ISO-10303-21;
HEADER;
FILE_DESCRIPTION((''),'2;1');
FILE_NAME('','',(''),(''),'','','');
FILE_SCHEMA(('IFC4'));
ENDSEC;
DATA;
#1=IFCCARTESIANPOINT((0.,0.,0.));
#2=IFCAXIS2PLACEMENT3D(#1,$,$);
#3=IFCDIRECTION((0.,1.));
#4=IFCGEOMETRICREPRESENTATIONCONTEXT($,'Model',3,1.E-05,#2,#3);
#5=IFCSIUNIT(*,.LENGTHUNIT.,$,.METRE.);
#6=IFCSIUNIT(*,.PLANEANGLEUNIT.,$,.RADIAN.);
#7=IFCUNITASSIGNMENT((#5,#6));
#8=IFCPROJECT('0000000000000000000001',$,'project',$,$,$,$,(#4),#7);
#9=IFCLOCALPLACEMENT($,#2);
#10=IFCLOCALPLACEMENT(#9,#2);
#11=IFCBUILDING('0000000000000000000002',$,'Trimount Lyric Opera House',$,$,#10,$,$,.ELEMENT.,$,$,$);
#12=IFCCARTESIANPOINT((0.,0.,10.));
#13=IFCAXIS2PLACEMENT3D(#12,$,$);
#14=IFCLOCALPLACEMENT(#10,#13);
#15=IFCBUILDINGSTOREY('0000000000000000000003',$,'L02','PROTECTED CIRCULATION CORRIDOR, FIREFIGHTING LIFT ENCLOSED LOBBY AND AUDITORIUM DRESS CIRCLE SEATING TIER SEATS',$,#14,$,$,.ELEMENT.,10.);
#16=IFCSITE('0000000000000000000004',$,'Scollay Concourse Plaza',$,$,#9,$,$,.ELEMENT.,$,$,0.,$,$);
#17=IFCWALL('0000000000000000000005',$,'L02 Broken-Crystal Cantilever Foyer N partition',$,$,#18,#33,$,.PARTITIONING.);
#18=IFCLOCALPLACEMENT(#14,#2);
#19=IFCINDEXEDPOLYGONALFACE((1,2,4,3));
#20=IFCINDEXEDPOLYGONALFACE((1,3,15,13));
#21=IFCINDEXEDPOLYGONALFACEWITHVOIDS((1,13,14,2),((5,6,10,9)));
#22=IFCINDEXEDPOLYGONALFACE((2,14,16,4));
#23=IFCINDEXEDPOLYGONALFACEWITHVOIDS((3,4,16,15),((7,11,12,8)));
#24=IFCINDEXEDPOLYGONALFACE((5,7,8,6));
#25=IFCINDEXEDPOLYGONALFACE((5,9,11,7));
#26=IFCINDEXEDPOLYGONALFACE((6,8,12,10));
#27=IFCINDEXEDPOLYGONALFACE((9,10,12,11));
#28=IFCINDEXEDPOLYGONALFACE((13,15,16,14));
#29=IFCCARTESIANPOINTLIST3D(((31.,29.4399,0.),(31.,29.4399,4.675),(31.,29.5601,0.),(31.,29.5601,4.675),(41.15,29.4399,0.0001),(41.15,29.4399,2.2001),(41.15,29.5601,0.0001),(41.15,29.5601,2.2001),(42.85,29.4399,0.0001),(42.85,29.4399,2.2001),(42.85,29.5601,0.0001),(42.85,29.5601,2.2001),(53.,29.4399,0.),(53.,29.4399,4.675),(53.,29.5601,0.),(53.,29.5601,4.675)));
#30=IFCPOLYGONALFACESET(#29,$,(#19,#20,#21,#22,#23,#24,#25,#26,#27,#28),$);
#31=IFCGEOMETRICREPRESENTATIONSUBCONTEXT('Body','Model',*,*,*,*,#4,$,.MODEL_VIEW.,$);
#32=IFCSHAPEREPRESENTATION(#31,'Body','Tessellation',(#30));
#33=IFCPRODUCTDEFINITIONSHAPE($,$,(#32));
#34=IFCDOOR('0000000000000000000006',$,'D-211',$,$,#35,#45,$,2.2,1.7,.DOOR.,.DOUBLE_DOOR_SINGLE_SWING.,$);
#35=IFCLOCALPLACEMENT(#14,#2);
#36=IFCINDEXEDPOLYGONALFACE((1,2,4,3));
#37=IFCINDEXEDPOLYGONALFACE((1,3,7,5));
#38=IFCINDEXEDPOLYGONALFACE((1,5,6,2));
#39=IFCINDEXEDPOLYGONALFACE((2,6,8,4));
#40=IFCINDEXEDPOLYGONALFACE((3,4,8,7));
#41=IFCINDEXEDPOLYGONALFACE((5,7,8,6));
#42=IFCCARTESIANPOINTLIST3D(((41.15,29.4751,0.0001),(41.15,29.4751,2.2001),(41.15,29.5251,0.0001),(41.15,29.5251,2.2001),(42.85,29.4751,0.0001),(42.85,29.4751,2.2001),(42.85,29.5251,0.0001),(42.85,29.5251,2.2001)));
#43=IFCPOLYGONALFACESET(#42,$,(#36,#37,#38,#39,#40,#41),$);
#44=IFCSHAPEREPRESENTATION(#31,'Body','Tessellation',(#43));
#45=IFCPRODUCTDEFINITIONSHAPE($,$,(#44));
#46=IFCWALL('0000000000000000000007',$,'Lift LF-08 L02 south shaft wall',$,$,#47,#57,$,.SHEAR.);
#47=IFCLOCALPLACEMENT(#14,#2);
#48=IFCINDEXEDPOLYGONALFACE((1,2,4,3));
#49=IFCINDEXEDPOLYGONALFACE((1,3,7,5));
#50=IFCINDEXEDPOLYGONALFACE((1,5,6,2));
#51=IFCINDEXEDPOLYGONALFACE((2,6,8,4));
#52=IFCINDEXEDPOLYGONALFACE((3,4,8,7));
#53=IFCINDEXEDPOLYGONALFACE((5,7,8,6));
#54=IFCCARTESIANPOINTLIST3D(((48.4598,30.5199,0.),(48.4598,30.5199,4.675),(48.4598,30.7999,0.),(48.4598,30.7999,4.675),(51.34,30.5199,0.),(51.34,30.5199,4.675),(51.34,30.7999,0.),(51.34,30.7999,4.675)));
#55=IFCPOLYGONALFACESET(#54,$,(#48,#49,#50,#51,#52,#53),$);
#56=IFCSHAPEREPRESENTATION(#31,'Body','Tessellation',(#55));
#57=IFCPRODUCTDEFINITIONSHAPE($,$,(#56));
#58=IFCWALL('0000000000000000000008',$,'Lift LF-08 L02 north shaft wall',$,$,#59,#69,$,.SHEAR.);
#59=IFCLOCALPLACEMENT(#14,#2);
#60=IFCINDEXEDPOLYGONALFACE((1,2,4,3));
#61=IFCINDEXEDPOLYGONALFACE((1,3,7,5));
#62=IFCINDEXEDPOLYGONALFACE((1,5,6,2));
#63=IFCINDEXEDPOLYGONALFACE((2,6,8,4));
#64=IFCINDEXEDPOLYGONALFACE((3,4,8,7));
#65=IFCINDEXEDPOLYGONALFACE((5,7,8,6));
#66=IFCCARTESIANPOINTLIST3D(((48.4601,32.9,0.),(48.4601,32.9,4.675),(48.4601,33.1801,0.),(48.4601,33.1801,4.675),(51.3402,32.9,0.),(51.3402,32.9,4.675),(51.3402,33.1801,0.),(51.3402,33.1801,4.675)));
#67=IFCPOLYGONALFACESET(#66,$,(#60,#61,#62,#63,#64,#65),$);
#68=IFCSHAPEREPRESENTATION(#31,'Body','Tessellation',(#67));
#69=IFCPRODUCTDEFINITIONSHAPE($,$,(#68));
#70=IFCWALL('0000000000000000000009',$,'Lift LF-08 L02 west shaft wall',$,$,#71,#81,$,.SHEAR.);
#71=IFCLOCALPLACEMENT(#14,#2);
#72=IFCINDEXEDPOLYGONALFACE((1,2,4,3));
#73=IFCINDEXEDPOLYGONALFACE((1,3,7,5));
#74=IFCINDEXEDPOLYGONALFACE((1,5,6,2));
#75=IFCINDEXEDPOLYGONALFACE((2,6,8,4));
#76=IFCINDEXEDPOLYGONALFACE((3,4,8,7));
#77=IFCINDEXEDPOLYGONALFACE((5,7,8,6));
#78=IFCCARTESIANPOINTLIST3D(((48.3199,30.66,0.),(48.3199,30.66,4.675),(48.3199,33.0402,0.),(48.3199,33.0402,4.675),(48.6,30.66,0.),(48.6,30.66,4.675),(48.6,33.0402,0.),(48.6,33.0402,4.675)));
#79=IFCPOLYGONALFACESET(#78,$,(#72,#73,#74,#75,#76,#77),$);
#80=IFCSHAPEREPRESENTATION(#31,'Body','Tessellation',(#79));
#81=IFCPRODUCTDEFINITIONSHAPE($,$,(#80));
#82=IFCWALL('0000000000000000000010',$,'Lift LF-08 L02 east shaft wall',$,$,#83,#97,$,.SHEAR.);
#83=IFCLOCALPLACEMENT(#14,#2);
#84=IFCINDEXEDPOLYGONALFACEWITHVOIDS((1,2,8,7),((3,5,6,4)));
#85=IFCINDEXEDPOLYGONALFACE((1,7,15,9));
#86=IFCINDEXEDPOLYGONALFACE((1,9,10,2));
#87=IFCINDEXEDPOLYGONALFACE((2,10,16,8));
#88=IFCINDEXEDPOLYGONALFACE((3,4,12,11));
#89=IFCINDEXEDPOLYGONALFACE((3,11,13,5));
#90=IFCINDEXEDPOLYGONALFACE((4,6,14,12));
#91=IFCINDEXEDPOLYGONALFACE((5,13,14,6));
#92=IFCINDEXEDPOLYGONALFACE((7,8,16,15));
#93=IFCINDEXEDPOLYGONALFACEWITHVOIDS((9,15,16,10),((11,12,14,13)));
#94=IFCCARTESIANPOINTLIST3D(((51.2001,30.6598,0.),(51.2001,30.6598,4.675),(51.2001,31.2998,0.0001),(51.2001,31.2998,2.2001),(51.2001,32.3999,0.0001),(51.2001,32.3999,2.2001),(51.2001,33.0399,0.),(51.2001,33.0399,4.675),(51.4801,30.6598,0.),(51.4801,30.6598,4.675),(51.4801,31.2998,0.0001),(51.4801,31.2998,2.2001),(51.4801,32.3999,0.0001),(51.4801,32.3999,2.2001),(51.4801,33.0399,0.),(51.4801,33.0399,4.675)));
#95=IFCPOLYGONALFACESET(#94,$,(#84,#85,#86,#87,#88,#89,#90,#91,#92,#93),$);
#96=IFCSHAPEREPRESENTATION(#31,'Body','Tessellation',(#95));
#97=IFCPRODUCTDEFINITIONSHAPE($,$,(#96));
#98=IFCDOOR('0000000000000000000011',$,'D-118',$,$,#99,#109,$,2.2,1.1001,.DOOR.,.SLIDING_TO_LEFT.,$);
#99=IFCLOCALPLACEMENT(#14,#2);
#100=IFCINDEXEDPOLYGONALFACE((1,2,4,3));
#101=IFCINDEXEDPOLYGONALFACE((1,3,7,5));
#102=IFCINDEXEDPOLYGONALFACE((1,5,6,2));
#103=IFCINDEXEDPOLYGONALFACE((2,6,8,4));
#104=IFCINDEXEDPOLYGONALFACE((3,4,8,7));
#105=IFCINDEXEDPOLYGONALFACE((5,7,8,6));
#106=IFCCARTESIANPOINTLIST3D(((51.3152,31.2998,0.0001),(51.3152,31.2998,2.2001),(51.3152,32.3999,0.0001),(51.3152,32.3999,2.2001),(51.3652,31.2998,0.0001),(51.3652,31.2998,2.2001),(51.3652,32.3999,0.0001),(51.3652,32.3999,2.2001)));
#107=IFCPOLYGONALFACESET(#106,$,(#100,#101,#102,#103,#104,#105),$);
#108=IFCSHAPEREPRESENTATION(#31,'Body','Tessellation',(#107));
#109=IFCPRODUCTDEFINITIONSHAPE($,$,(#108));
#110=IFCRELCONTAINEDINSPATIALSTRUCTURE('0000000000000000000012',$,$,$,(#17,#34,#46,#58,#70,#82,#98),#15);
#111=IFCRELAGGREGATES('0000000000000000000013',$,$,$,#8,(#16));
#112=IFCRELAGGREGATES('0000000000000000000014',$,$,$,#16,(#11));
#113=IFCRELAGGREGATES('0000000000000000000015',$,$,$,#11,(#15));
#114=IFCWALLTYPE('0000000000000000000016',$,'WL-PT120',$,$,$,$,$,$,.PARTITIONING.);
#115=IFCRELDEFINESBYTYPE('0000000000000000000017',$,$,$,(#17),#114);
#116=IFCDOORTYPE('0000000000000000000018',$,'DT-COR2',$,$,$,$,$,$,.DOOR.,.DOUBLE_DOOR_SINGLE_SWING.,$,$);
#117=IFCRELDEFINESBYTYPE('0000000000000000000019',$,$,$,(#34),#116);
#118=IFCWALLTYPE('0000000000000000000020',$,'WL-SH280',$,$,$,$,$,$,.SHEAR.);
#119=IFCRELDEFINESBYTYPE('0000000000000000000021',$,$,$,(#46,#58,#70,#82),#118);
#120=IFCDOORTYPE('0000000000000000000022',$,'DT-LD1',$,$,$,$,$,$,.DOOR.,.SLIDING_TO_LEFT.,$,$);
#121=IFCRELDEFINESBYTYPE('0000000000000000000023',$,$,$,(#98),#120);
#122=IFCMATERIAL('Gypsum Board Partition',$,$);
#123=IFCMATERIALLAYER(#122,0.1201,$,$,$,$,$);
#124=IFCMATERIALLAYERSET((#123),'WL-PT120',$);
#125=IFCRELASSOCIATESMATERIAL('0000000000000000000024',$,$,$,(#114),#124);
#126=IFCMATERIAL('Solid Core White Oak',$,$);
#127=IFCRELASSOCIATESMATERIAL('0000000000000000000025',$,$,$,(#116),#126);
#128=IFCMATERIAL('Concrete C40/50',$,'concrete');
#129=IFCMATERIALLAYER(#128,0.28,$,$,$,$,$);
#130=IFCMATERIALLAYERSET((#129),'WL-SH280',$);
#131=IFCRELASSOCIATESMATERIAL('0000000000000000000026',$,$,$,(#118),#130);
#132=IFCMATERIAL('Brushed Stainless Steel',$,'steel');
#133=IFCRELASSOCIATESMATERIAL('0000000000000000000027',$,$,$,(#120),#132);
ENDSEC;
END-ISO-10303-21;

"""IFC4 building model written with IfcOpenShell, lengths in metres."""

from ifc_helpers import new_model, si_unit, direction, frame, frame_2d, origin, place, context, subcontext, project, spatial, rectangle, extrude, material, layer, layer_set, type_object, element, fill, save


model = new_model("IFC4")

# Units and contexts
model_context = context("Model", 3, precision=1e-05, world=origin(), true_north=direction((0.0, 1.0)))
body_context = subcontext(model_context, "Body", "Model", "MODEL_VIEW")
ifc_project = project(units=[si_unit("LENGTHUNIT", "METRE"), si_unit("PLANEANGLEUNIT", "RADIAN")], contexts=[model_context])

# Site, building, storey
site_placement = place(None, origin())
site = spatial("IfcSite", under=ifc_project, at=site_placement, Name="Scollay Concourse Plaza", CompositionType="ELEMENT", RefElevation=0.0)
building_placement = place(site_placement, origin())
building = spatial("IfcBuilding", under=site, at=building_placement, Name="Trimount Lyric Opera House", CompositionType="ELEMENT")
storey_placement = place(building_placement, frame((0.0, 0.0, 10.0)))
storey = spatial("IfcBuildingStorey", under=building, at=storey_placement, Name="L02", Description="PROTECTED CIRCULATION CORRIDOR, FIREFIGHTING LIFT ENCLOSED LOBBY AND AUDITORIUM DRESS CIRCLE SEATING TIER SEATS", CompositionType="ELEMENT", Elevation=10.0)

# Wall, opening, door
ifc_material_1 = material(Name="Gypsum Board Partition")
ifc_layer_1 = layer(ifc_material_1, 0.1201)
ifc_layer_set_1 = layer_set([ifc_layer_1], Name="WL-PT120")
wall_type_1 = type_object("IfcWallType", Name="WL-PT120", PredefinedType="PARTITIONING", material=ifc_layer_set_1)
wall_1_placement = place(storey_placement, frame((53.0, 29.5, 0.0), z_axis=(0.0, 0.0, 1.0), x_axis=(-1.0, 0.0, 0.0)))
wall_1 = element("IfcWall", 1, at=wall_1_placement, inside=storey, type_object=wall_type_1, Name="L02 Broken-Crystal Cantilever Foyer N partition", PredefinedType="PARTITIONING", context=body_context, shape_type="SweptSolid", body=[
    extrude(rectangle(XDim=22.0, YDim=0.1201, at=frame_2d((11.0, 0.0))), origin(), (0.0, 0.0, 1.0), 4.675),
])
opening_1_placement = place(wall_1_placement, frame((10.1499, 0.0, 0.0)))
opening_1 = element("IfcOpeningElement", 2, at=opening_1_placement, cuts=wall_1, PredefinedType="OPENING", context=body_context, shape_type="SweptSolid", body=[
    extrude(rectangle(XDim=1.7, YDim=2.2, at=frame_2d((0.8501, 1.1001))), frame((0.0, 0.0701, 0.0), z_axis=(0.0, -1.0, 0.0), x_axis=(1.0, 0.0, 0.0)), (0.0, 0.0, 1.0), 0.1401),
])
ifc_material_2 = material(Name="Solid Core White Oak")
door_type_1 = type_object("IfcDoorType", Name="DT-COR2", OperationType="DOUBLE_DOOR_SINGLE_SWING", PredefinedType="DOOR", material=ifc_material_2)
door_1_placement = place(opening_1_placement, origin())
door_1 = element("IfcDoor", 3, at=door_1_placement, inside=storey, type_object=door_type_1, Name="D-211", OperationType="DOUBLE_DOOR_SINGLE_SWING", OverallHeight=2.2, OverallWidth=1.7, PredefinedType="DOOR", context=body_context, shape_type="SweptSolid", body=[
    extrude(rectangle(XDim=1.7, YDim=2.2, at=frame_2d((0.8501, 1.1001))), frame((0.0, 0.0249, 0.0), z_axis=(0.0, -1.0, 0.0), x_axis=(1.0, 0.0, 0.0)), (0.0, 0.0, 1.0), 0.05),
])
fill(opening_1, door_1)

# Walls
ifc_material_3 = material(Name="Concrete C40/50", Category="concrete")
ifc_layer_2 = layer(ifc_material_3, 0.28)
ifc_layer_set_2 = layer_set([ifc_layer_2], Name="WL-SH280")
wall_type_2 = type_object("IfcWallType", Name="WL-SH280", PredefinedType="SHEAR", material=ifc_layer_set_2)
for number, where, z_axis, x_axis, name in (
    (4, (48.46, 30.6599, 0.0), (0.0, 0.0, 1.0), (1.0, 0.0, 0.0), "Lift LF-08 L02 south shaft wall"),
    (5, (51.3401, 33.04, 0.0), (0.0, 0.0, 1.0), (-1.0, 0.0, 0.0), "Lift LF-08 L02 north shaft wall"),
):
    element("IfcWall", number, at=place(storey_placement, frame(where, z_axis=z_axis, x_axis=x_axis)), inside=storey, type_object=wall_type_2, Name=name, PredefinedType="SHEAR", context=body_context, shape_type="SweptSolid", body=[
        extrude(rectangle(XDim=2.8801, YDim=0.28, at=frame_2d((1.4399, 0.0))), origin(), (0.0, 0.0, 1.0), 4.675),
    ])
wall_2_placement = place(storey_placement, frame((48.46, 33.04, 0.0), z_axis=(0.0, 0.0, 1.0), x_axis=(0.0, -1.0, 0.0)))
element("IfcWall", 6, at=wall_2_placement, inside=storey, type_object=wall_type_2, Name="Lift LF-08 L02 west shaft wall", PredefinedType="SHEAR", context=body_context, shape_type="SweptSolid", body=[
    extrude(rectangle(XDim=2.3801, YDim=0.28, at=frame_2d((1.1899, 0.0))), origin(), (0.0, 0.0, 1.0), 4.675),
])

# Wall, opening, door
wall_3_placement = place(storey_placement, frame((51.3401, 30.6599, 0.0), z_axis=(0.0, 0.0, 1.0), x_axis=(0.0, 1.0, 0.0)))
wall_3 = element("IfcWall", 7, at=wall_3_placement, inside=storey, type_object=wall_type_2, Name="Lift LF-08 L02 east shaft wall", PredefinedType="SHEAR", context=body_context, shape_type="SweptSolid", body=[
    extrude(rectangle(XDim=2.3801, YDim=0.28, at=frame_2d((1.1899, 0.0))), origin(), (0.0, 0.0, 1.0), 4.675),
])
opening_2_placement = place(wall_3_placement, frame((0.6399, 0.0, 0.0)))
opening_2 = element("IfcOpeningElement", 8, at=opening_2_placement, cuts=wall_3, PredefinedType="OPENING", context=body_context, shape_type="SweptSolid", body=[
    extrude(rectangle(XDim=1.1001, YDim=2.2, at=frame_2d((0.55, 1.1001))), frame((0.0, 0.1499, 0.0), z_axis=(0.0, -1.0, 0.0), x_axis=(1.0, 0.0, 0.0)), (0.0, 0.0, 1.0), 0.3),
])
ifc_material_4 = material(Name="Brushed Stainless Steel", Category="steel")
door_type_2 = type_object("IfcDoorType", Name="DT-LD1", OperationType="SLIDING_TO_LEFT", PredefinedType="DOOR", material=ifc_material_4)
door_2_placement = place(opening_2_placement, origin())
door_2 = element("IfcDoor", 9, at=door_2_placement, inside=storey, type_object=door_type_2, Name="D-118", OperationType="SLIDING_TO_LEFT", OverallHeight=2.2, OverallWidth=1.1001, PredefinedType="DOOR", context=body_context, shape_type="SweptSolid", body=[
    extrude(rectangle(XDim=1.1001, YDim=2.2, at=frame_2d((0.55, 1.1001))), frame((0.0, 0.0249, 0.0), z_axis=(0.0, -1.0, 0.0), x_axis=(1.0, 0.0, 0.0)), (0.0, 0.0, 1.0), 0.05),
])
fill(opening_2, door_2)

save(model, "model.ifc")
